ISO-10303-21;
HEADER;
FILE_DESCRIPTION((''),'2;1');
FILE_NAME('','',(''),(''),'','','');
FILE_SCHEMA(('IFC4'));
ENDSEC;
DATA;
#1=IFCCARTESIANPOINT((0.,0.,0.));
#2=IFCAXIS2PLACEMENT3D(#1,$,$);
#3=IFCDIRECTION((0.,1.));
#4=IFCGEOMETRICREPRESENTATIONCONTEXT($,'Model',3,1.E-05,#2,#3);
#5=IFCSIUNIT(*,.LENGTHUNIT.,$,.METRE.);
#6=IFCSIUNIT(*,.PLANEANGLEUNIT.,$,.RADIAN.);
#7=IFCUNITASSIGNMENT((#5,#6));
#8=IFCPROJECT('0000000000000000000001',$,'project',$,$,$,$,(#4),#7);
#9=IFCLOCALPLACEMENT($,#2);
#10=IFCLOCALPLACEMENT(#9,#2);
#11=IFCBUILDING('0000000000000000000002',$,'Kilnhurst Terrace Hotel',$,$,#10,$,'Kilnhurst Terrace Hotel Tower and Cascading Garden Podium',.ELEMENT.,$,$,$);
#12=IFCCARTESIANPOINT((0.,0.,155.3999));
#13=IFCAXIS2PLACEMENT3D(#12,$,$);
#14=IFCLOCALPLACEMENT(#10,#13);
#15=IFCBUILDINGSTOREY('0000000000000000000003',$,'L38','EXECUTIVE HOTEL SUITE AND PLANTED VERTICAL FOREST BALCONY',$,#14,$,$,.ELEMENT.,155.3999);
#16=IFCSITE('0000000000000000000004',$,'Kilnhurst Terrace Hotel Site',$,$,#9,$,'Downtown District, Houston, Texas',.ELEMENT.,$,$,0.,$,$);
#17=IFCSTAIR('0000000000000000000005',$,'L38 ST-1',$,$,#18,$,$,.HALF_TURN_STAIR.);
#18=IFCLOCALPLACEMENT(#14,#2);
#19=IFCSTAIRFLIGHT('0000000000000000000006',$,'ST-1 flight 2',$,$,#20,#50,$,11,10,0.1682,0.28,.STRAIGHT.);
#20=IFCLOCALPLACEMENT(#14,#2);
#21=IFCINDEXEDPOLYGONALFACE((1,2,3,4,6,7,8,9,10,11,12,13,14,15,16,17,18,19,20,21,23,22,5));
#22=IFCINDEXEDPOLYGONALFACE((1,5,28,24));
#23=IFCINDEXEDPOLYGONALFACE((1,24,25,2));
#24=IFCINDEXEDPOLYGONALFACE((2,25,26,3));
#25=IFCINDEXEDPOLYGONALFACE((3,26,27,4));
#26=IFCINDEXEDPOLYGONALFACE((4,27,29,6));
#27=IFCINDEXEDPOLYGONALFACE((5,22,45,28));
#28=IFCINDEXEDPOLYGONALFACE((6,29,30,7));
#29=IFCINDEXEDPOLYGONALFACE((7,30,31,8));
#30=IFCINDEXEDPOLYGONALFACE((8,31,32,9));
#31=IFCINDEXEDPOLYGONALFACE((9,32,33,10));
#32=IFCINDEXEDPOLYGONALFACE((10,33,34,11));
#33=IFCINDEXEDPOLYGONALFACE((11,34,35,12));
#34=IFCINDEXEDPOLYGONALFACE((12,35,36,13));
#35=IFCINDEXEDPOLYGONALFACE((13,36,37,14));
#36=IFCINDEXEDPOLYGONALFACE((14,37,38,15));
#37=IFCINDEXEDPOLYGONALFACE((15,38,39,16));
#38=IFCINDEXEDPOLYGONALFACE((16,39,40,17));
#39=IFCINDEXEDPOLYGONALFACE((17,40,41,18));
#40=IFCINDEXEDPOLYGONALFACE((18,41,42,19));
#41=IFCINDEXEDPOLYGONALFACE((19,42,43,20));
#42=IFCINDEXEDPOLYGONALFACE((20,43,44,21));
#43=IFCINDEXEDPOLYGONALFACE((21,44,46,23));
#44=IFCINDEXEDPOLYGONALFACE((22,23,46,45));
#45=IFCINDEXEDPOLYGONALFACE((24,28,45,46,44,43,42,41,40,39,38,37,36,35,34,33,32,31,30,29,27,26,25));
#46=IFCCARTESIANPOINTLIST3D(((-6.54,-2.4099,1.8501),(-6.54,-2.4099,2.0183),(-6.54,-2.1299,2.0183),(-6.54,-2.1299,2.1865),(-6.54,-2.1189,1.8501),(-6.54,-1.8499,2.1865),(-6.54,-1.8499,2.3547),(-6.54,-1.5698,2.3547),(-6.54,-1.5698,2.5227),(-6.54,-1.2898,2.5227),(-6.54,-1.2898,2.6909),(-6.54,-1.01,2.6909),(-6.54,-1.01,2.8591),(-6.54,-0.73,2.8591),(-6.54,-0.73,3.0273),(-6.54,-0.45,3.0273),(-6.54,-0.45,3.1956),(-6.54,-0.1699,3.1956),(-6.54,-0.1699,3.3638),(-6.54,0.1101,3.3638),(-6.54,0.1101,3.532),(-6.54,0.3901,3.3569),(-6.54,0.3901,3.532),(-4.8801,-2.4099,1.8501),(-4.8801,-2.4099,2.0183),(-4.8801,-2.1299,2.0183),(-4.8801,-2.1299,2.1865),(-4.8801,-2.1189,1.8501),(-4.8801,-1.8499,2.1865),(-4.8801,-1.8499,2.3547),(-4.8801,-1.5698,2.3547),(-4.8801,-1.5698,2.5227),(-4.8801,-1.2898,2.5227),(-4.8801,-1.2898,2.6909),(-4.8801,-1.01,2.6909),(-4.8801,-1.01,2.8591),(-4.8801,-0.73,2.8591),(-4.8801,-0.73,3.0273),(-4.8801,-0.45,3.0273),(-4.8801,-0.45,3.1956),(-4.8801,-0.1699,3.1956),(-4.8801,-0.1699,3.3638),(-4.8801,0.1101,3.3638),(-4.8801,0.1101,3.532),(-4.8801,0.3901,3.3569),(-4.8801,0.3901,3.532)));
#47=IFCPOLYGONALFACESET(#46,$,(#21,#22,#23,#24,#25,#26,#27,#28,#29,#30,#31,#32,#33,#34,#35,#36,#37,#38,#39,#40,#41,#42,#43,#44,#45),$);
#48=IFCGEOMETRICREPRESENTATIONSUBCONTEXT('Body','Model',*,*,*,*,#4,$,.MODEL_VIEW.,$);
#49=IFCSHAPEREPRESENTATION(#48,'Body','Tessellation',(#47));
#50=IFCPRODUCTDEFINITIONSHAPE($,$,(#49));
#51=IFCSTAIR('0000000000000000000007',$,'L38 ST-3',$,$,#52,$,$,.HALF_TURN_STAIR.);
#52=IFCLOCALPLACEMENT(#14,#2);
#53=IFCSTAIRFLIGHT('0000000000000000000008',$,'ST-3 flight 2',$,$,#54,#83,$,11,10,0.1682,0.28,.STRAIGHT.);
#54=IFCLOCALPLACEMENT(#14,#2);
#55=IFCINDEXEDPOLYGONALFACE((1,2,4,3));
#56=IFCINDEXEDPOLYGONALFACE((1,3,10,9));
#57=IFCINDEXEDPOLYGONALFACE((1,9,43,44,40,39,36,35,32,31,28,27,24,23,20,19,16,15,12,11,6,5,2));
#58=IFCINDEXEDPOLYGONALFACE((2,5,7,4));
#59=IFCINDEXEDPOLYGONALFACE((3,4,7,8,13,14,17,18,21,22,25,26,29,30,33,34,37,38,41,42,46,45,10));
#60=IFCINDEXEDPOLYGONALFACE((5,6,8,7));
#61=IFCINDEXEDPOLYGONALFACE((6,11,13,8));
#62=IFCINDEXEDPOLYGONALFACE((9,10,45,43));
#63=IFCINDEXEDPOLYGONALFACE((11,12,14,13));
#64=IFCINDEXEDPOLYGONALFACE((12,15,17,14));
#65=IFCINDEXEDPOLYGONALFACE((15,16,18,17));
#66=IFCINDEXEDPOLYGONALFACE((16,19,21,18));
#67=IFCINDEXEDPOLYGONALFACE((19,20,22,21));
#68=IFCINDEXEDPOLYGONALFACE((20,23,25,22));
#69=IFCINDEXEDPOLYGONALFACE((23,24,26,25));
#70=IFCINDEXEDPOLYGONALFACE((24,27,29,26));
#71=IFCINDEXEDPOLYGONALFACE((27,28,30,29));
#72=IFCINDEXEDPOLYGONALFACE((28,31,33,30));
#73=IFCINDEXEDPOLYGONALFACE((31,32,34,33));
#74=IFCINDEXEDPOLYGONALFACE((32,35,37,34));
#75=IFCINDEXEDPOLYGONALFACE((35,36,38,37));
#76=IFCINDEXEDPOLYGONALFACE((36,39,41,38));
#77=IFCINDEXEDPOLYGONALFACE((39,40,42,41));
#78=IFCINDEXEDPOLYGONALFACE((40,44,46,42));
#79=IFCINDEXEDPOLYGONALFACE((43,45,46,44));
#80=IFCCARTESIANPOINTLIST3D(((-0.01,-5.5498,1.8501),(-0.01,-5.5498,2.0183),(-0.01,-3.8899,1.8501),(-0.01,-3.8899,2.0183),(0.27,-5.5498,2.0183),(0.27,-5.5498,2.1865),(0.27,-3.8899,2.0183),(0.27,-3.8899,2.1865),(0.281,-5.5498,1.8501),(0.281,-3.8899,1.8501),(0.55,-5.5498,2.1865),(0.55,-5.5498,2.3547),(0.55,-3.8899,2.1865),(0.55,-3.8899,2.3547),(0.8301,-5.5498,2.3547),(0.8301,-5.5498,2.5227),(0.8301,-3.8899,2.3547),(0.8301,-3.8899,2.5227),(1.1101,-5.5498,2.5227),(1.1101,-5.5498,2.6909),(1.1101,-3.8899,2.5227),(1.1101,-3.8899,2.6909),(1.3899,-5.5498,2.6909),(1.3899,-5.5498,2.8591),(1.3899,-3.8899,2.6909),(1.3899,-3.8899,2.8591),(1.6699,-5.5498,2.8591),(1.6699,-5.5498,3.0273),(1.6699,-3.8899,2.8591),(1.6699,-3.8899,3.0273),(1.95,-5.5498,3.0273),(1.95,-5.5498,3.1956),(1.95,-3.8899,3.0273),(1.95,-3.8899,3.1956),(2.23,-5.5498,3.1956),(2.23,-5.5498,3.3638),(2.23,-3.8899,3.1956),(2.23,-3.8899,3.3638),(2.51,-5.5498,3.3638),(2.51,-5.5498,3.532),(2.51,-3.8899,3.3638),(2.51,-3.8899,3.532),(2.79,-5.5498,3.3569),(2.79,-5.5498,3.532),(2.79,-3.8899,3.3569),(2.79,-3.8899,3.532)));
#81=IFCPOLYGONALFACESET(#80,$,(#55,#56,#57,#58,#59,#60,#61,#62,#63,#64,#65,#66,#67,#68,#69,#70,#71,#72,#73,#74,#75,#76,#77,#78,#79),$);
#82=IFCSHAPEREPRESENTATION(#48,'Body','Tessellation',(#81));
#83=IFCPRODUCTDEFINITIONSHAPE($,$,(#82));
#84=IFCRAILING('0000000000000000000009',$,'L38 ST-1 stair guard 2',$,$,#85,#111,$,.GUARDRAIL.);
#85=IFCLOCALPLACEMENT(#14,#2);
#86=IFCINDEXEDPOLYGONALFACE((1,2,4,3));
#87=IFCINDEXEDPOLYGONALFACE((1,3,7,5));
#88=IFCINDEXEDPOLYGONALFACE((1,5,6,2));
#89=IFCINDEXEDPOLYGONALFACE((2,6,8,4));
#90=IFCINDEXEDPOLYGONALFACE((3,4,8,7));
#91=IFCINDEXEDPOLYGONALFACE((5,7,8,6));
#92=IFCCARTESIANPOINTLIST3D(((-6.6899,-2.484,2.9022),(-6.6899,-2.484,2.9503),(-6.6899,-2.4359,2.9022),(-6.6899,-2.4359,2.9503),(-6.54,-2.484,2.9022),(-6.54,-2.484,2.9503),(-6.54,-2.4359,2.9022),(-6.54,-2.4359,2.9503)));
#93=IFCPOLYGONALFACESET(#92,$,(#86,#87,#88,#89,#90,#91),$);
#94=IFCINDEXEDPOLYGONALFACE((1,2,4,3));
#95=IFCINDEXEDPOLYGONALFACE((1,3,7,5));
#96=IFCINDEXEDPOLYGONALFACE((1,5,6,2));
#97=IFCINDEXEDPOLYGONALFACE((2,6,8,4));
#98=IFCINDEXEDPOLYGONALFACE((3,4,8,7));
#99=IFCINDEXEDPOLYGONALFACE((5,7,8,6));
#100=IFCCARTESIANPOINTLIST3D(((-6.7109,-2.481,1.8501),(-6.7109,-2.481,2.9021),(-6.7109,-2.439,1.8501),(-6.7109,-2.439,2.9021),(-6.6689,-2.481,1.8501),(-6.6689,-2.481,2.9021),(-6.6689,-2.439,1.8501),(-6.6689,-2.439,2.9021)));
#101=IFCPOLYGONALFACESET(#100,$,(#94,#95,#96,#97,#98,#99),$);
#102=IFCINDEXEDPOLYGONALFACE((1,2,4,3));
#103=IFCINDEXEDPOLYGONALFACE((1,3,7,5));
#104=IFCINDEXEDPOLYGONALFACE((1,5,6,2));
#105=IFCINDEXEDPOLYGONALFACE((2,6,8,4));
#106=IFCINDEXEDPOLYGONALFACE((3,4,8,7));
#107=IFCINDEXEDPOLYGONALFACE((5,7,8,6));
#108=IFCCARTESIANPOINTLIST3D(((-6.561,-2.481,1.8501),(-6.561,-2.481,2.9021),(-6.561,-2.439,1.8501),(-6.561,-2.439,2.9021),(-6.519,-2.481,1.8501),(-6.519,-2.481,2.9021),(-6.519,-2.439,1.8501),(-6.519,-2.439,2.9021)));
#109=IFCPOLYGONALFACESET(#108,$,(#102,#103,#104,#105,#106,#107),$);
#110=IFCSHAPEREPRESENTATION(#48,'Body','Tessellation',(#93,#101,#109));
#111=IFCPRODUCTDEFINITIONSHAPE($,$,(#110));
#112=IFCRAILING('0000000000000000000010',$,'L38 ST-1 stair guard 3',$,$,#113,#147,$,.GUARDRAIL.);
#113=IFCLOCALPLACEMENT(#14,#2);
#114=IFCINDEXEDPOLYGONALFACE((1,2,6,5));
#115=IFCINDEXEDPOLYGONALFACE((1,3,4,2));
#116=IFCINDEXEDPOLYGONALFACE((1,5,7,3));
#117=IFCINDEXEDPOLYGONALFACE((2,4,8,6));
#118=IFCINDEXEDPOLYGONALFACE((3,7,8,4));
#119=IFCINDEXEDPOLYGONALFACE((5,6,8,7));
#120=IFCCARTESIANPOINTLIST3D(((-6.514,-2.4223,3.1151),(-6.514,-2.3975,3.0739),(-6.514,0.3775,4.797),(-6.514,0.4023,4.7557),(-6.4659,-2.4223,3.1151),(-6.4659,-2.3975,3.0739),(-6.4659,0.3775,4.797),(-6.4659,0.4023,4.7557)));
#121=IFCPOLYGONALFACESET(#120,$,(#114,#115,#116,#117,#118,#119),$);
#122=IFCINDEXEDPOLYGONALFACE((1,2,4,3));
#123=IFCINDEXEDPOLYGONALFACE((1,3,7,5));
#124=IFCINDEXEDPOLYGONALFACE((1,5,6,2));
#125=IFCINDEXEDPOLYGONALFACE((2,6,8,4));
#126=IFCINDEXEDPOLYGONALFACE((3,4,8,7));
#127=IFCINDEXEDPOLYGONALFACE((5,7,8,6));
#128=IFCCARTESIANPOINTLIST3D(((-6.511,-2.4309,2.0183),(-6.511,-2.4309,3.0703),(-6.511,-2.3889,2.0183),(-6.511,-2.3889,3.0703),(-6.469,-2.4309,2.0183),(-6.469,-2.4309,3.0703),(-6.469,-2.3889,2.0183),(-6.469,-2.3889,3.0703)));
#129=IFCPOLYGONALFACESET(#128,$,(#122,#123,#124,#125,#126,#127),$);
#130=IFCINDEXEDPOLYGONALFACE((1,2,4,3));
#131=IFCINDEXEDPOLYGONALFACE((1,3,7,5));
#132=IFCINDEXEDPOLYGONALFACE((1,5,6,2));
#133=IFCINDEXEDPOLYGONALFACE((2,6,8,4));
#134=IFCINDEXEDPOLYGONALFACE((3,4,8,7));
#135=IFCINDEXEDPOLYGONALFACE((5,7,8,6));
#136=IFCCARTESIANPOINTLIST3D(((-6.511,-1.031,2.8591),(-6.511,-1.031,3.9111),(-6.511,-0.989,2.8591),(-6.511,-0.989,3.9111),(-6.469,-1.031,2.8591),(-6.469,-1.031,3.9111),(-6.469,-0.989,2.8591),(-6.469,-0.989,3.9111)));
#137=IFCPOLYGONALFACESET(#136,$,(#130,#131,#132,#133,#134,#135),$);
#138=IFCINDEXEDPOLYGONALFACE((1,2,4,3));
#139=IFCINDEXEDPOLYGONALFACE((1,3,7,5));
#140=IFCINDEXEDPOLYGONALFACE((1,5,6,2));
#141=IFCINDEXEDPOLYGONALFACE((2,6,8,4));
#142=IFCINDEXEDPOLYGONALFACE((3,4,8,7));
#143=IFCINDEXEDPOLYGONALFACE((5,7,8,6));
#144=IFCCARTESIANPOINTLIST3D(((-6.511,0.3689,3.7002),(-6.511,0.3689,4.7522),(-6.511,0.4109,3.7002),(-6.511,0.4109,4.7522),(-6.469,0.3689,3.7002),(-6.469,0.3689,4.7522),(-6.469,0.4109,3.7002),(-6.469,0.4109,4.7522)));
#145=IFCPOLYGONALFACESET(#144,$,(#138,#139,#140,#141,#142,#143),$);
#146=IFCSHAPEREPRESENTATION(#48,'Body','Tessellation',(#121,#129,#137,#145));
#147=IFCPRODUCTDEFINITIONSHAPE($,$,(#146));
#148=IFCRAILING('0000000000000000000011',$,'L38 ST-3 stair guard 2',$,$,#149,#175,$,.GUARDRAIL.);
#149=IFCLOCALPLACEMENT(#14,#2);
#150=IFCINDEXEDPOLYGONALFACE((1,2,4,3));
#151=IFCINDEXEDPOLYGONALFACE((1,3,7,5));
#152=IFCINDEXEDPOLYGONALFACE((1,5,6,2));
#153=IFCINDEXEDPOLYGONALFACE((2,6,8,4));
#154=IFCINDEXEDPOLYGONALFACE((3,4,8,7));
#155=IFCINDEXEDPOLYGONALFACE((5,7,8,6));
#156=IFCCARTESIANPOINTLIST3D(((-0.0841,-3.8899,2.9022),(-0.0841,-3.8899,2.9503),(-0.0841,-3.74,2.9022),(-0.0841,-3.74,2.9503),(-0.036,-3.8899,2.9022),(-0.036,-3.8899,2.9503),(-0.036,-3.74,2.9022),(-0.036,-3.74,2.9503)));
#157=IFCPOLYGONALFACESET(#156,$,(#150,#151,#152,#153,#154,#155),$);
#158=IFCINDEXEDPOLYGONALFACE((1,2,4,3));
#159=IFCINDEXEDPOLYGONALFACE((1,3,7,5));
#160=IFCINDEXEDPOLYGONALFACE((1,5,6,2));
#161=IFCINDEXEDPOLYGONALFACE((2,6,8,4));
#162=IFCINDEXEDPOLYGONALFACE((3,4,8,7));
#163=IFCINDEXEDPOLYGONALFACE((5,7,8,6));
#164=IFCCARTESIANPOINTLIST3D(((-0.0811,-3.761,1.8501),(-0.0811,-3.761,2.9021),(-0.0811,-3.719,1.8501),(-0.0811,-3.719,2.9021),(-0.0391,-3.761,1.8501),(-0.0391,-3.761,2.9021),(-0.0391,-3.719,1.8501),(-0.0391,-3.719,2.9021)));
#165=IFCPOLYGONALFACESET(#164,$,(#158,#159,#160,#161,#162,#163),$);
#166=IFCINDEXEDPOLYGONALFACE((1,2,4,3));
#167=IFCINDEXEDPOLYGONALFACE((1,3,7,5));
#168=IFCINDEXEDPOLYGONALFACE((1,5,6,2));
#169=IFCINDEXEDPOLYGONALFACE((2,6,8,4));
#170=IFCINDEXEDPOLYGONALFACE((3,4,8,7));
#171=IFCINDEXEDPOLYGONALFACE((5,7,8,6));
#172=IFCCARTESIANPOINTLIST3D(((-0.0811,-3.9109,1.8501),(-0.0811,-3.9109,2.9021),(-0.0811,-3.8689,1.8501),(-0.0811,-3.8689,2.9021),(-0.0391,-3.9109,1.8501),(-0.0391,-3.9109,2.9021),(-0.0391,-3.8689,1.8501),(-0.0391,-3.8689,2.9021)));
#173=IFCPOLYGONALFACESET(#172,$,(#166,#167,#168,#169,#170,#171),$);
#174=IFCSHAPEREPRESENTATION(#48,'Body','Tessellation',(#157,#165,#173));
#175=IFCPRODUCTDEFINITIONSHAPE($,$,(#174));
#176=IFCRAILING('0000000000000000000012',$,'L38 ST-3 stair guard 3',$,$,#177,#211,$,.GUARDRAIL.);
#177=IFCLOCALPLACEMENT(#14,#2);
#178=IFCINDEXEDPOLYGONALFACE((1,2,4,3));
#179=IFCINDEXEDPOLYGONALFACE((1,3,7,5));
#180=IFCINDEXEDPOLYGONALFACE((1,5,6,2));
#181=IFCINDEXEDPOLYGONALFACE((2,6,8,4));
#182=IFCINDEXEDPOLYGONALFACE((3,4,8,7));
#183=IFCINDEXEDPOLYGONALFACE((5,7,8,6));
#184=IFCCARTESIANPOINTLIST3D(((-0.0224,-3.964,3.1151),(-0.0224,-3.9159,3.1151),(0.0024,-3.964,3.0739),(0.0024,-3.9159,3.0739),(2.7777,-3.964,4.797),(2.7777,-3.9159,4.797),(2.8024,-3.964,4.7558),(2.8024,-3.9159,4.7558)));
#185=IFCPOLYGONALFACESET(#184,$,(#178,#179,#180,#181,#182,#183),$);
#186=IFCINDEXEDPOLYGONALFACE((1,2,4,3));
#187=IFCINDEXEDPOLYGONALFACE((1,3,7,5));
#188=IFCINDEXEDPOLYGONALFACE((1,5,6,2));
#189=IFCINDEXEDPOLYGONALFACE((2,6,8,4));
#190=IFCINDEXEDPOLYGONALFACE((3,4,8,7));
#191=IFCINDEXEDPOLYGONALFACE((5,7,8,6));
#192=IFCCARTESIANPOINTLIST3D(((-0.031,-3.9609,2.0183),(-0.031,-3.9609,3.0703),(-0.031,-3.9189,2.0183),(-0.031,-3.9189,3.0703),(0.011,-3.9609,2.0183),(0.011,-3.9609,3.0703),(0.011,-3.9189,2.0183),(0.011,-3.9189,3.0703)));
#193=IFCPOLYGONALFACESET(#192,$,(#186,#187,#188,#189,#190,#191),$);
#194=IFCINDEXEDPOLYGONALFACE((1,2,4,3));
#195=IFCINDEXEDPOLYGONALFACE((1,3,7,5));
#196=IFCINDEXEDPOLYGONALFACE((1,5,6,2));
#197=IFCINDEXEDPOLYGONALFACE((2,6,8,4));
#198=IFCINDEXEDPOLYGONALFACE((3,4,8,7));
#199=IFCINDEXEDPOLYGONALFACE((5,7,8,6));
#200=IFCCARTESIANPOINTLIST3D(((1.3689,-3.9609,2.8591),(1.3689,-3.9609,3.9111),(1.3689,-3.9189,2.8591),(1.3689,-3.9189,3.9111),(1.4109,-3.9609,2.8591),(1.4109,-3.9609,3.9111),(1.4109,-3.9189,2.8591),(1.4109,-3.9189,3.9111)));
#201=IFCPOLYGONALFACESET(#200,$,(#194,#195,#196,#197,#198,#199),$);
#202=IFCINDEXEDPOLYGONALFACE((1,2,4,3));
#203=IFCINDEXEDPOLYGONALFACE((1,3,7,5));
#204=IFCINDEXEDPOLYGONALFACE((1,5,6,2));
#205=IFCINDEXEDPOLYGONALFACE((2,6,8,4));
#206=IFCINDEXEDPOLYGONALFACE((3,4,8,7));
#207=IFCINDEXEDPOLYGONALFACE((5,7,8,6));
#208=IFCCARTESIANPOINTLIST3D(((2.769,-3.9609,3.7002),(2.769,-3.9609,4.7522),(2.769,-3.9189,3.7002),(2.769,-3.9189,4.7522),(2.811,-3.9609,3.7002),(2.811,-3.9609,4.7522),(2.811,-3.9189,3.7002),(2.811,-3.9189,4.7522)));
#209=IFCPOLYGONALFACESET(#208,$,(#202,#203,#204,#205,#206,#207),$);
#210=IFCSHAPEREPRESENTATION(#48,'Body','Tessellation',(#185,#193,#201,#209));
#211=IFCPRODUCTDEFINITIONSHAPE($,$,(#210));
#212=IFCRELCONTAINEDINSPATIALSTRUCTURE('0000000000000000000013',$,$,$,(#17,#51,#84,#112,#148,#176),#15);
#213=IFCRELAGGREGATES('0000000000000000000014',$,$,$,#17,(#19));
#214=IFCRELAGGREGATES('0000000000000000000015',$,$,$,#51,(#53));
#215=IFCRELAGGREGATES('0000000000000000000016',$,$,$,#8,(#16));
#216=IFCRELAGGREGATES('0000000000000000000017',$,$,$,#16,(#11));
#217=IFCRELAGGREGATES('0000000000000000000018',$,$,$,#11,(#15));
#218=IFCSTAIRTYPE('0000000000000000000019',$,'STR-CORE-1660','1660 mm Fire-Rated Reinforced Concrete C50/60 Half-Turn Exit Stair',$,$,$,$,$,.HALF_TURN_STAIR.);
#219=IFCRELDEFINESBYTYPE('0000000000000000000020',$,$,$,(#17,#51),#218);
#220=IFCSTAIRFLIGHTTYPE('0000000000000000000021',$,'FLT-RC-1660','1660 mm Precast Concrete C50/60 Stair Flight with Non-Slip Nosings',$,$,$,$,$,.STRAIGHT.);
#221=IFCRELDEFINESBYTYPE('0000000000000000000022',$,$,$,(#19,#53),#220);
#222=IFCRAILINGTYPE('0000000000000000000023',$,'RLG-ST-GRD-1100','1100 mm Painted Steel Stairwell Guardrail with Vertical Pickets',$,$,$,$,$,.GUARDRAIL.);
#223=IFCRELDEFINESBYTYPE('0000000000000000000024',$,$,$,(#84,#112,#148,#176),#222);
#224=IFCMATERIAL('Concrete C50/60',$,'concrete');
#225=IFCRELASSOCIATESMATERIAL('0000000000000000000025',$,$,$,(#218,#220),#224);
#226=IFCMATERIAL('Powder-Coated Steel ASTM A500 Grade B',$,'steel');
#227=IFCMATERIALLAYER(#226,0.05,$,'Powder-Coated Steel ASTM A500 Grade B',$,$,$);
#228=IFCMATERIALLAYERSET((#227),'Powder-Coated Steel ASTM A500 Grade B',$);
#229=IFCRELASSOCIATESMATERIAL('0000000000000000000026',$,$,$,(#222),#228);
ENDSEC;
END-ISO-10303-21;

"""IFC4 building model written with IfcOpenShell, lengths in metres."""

from ifc_helpers import new_model, si_unit, direction, frame, origin, origin_2d, place, context, subcontext, project, spatial, polyline, rectangle, outline, extrude, material, layer, layer_set, type_object, element, aggregate, save


model = new_model("IFC4")

# Units and contexts
model_context = context("Model", 3, precision=1e-05, world=origin(), true_north=direction((0.0, 1.0)))
body_context = subcontext(model_context, "Body", "Model", "MODEL_VIEW")
ifc_project = project(units=[si_unit("LENGTHUNIT", "METRE"), si_unit("PLANEANGLEUNIT", "RADIAN")], contexts=[model_context])

# Site, building, storey
site_placement = place(None, origin())
site = spatial("IfcSite", under=ifc_project, at=site_placement, Name="Kilnhurst Terrace Hotel Site", LongName="Downtown District, Houston, Texas", CompositionType="ELEMENT", RefElevation=0.0)
building_placement = place(site_placement, origin())
building = spatial("IfcBuilding", under=site, at=building_placement, Name="Kilnhurst Terrace Hotel", LongName="Kilnhurst Terrace Hotel Tower and Cascading Garden Podium", CompositionType="ELEMENT")
storey_placement = place(building_placement, frame((0.0, 0.0, 155.3999)))
storey = spatial("IfcBuildingStorey", under=building, at=storey_placement, Name="L38", Description="EXECUTIVE HOTEL SUITE AND PLANTED VERTICAL FOREST BALCONY", CompositionType="ELEMENT", Elevation=155.3999)

# Shared definitions
ifc_material_1 = material(Name="Concrete C50/60", Category="concrete")

# Stairs, stair flights
stair_type = type_object("IfcStairType", Name="STR-CORE-1660", Description="1660 mm Fire-Rated Reinforced Concrete C50/60 Half-Turn Exit Stair", PredefinedType="HALF_TURN_STAIR", material=ifc_material_1)
stair_1_placement = place(storey_placement, origin())
stair_1 = element("IfcStair", 1, at=stair_1_placement, inside=storey, type_object=stair_type, Name="L38 ST-1", PredefinedType="HALF_TURN_STAIR")
stair_flight_type = type_object("IfcStairFlightType", Name="FLT-RC-1660", Description="1660 mm Precast Concrete C50/60 Stair Flight with Non-Slip Nosings", PredefinedType="STRAIGHT", material=ifc_material_1)
stair_flight_1_placement = place(storey_placement, frame((-5.71, -2.4099, 1.8501), z_axis=(0.0, 0.0, 1.0), x_axis=(0.0, 1.0, 0.0)))
stair_flight_1 = element("IfcStairFlight", 2, at=stair_flight_1_placement, type_object=stair_flight_type, Name="ST-1 flight 2", NumberOfRisers=11, NumberOfTreads=10, PredefinedType="STRAIGHT", RiserHeight=0.1682, TreadLength=0.28, context=body_context, shape_type="SweptSolid", body=[
    extrude(outline(polyline([(0.0, 0.0), (0.0, 0.1682), (0.28, 0.1682), (0.28, 0.3364), (0.5601, 0.3364), (0.5601, 0.5046), (0.8401, 0.5046), (0.8401, 0.6726), (1.1201, 0.6726), (1.1201, 0.8408), (1.3999, 0.8408), (1.3999, 1.009), (1.6799, 1.009), (1.6799, 1.1772), (1.96, 1.1772), (1.96, 1.3455), (2.24, 1.3455), (2.24, 1.5137), (2.52, 1.5137), (2.52, 1.6819), (2.8, 1.6819), (2.8, 1.8501), (2.8, 1.5068), (0.291, 0.0), (0.0, 0.0)])), frame((0.0, 0.8301, 0.0), z_axis=(0.0, -1.0, 0.0), x_axis=(1.0, 0.0, 0.0)), (0.0, 0.0, 1.0), 1.6599),
])
aggregate(stair_1, [stair_flight_1])
stair_2_placement = place(storey_placement, origin())
stair_2 = element("IfcStair", 3, at=stair_2_placement, inside=storey, type_object=stair_type, Name="L38 ST-3", PredefinedType="HALF_TURN_STAIR")
stair_flight_2_placement = place(storey_placement, frame((-0.01, -4.72, 1.8501), z_axis=(0.0, 0.0, 1.0), x_axis=(1.0, 0.0, 0.0)))
stair_flight_2 = element("IfcStairFlight", 4, at=stair_flight_2_placement, type_object=stair_flight_type, Name="ST-3 flight 2", NumberOfRisers=11, NumberOfTreads=10, PredefinedType="STRAIGHT", RiserHeight=0.1682, TreadLength=0.28, context=body_context, shape_type="SweptSolid", body=[
    extrude(outline(polyline([(0.0, 0.0), (0.0, 0.1682), (0.28, 0.1682), (0.28, 0.3364), (0.5601, 0.3364), (0.5601, 0.5046), (0.8401, 0.5046), (0.8401, 0.6726), (1.1201, 0.6726), (1.1201, 0.8408), (1.3999, 0.8408), (1.3999, 1.009), (1.6799, 1.009), (1.6799, 1.1772), (1.96, 1.1772), (1.96, 1.3455), (2.24, 1.3455), (2.24, 1.5137), (2.52, 1.5137), (2.52, 1.6819), (2.8, 1.6819), (2.8, 1.8501), (2.8, 1.5068), (0.291, 0.0), (0.0, 0.0)])), frame((0.0, 0.8301, 0.0), z_axis=(0.0, -1.0, 0.0), x_axis=(1.0, 0.0, 0.0)), (0.0, 0.0, 1.0), 1.6599),
])
aggregate(stair_2, [stair_flight_2])

# Railings
ifc_material_2 = material(Name="Powder-Coated Steel ASTM A500 Grade B", Category="steel")
ifc_layer_1 = layer(ifc_material_2, 0.05, Name="Powder-Coated Steel ASTM A500 Grade B")
ifc_layer_set_1 = layer_set([ifc_layer_1], Name="Powder-Coated Steel ASTM A500 Grade B")
railing_type_1 = type_object("IfcRailingType", Name="RLG-ST-GRD-1100", Description="1100 mm Painted Steel Stairwell Guardrail with Vertical Pickets", PredefinedType="GUARDRAIL", material=ifc_layer_set_1)
railing_1_placement = place(storey_placement, frame((-6.6899, -2.46, 1.8501)))
element("IfcRailing", 5, at=railing_1_placement, inside=storey, type_object=railing_type_1, Name="L38 ST-1 stair guard 2", PredefinedType="GUARDRAIL", context=body_context, shape_type="SweptSolid", body=[
    extrude(rectangle(XDim=0.0481, YDim=0.0481, at=origin_2d()), frame((0.0, 0.0, 1.0762), z_axis=(1.0, 0.0, 0.0), x_axis=(0.0, 1.0, 0.0)), (0.0, 0.0, 1.0), 0.1499),
    extrude(rectangle(XDim=0.042, YDim=0.042, at=origin_2d()), origin(), (0.0, 0.0, 1.0), 1.052),
    extrude(rectangle(XDim=0.042, YDim=0.042, at=origin_2d()), frame((0.1499, 0.0, 0.0)), (0.0, 0.0, 1.0), 1.052),
])
railing_2_placement = place(storey_placement, frame((-6.49, -2.4099, 2.0183)))
element("IfcRailing", 6, at=railing_2_placement, inside=storey, type_object=railing_type_1, Name="L38 ST-1 stair guard 3", PredefinedType="GUARDRAIL", context=body_context, shape_type="SweptSolid", body=[
    extrude(rectangle(XDim=0.0481, YDim=0.0481, at=origin_2d()), frame((0.0, 0.0, 1.0762), z_axis=(0.0, 0.857222, 0.514946), x_axis=(-1.0, 0.0, 0.0)), (0.0, 0.0, 1.0), 3.2661),
    extrude(rectangle(XDim=0.042, YDim=0.042, at=origin_2d()), origin(), (0.0, 0.0, 1.0), 1.052),
    extrude(rectangle(XDim=0.042, YDim=0.042, at=origin_2d()), frame((0.0, 1.3999, 0.8408)), (0.0, 0.0, 1.0), 1.052),
    extrude(rectangle(XDim=0.042, YDim=0.042, at=origin_2d()), frame((0.0, 2.7998, 1.6819)), (0.0, 0.0, 1.0), 1.052),
])
railing_3_placement = place(storey_placement, frame((-0.0601, -3.74, 1.8501)))
element("IfcRailing", 7, at=railing_3_placement, inside=storey, type_object=railing_type_1, Name="L38 ST-3 stair guard 2", PredefinedType="GUARDRAIL", context=body_context, shape_type="SweptSolid", body=[
    extrude(rectangle(XDim=0.0481, YDim=0.0481, at=origin_2d()), frame((0.0, 0.0, 1.0762), z_axis=(0.0, -1.0, 0.0), x_axis=(1.0, 0.0, 0.0)), (0.0, 0.0, 1.0), 0.1499),
    extrude(rectangle(XDim=0.042, YDim=0.042, at=origin_2d()), origin(), (0.0, 0.0, 1.0), 1.052),
    extrude(rectangle(XDim=0.042, YDim=0.042, at=origin_2d()), frame((0.0, -0.1499, 0.0)), (0.0, 0.0, 1.0), 1.052),
])
railing_4_placement = place(storey_placement, frame((-0.01, -3.9399, 2.0183)))
element("IfcRailing", 8, at=railing_4_placement, inside=storey, type_object=railing_type_1, Name="L38 ST-3 stair guard 3", PredefinedType="GUARDRAIL", context=body_context, shape_type="SweptSolid", body=[
    extrude(rectangle(XDim=0.0481, YDim=0.0481, at=origin_2d()), frame((0.0, 0.0, 1.0762), z_axis=(0.857242, 0.0, 0.514913), x_axis=(0.0, 1.0, 0.0)), (0.0, 0.0, 1.0), 3.2664),
    extrude(rectangle(XDim=0.042, YDim=0.042, at=origin_2d()), origin(), (0.0, 0.0, 1.0), 1.052),
    extrude(rectangle(XDim=0.042, YDim=0.042, at=origin_2d()), frame((1.3999, 0.0, 0.8408)), (0.0, 0.0, 1.0), 1.052),
    extrude(rectangle(XDim=0.042, YDim=0.042, at=origin_2d()), frame((2.8, 0.0, 1.6819)), (0.0, 0.0, 1.0), 1.052),
])

save(model, "model.ifc")
